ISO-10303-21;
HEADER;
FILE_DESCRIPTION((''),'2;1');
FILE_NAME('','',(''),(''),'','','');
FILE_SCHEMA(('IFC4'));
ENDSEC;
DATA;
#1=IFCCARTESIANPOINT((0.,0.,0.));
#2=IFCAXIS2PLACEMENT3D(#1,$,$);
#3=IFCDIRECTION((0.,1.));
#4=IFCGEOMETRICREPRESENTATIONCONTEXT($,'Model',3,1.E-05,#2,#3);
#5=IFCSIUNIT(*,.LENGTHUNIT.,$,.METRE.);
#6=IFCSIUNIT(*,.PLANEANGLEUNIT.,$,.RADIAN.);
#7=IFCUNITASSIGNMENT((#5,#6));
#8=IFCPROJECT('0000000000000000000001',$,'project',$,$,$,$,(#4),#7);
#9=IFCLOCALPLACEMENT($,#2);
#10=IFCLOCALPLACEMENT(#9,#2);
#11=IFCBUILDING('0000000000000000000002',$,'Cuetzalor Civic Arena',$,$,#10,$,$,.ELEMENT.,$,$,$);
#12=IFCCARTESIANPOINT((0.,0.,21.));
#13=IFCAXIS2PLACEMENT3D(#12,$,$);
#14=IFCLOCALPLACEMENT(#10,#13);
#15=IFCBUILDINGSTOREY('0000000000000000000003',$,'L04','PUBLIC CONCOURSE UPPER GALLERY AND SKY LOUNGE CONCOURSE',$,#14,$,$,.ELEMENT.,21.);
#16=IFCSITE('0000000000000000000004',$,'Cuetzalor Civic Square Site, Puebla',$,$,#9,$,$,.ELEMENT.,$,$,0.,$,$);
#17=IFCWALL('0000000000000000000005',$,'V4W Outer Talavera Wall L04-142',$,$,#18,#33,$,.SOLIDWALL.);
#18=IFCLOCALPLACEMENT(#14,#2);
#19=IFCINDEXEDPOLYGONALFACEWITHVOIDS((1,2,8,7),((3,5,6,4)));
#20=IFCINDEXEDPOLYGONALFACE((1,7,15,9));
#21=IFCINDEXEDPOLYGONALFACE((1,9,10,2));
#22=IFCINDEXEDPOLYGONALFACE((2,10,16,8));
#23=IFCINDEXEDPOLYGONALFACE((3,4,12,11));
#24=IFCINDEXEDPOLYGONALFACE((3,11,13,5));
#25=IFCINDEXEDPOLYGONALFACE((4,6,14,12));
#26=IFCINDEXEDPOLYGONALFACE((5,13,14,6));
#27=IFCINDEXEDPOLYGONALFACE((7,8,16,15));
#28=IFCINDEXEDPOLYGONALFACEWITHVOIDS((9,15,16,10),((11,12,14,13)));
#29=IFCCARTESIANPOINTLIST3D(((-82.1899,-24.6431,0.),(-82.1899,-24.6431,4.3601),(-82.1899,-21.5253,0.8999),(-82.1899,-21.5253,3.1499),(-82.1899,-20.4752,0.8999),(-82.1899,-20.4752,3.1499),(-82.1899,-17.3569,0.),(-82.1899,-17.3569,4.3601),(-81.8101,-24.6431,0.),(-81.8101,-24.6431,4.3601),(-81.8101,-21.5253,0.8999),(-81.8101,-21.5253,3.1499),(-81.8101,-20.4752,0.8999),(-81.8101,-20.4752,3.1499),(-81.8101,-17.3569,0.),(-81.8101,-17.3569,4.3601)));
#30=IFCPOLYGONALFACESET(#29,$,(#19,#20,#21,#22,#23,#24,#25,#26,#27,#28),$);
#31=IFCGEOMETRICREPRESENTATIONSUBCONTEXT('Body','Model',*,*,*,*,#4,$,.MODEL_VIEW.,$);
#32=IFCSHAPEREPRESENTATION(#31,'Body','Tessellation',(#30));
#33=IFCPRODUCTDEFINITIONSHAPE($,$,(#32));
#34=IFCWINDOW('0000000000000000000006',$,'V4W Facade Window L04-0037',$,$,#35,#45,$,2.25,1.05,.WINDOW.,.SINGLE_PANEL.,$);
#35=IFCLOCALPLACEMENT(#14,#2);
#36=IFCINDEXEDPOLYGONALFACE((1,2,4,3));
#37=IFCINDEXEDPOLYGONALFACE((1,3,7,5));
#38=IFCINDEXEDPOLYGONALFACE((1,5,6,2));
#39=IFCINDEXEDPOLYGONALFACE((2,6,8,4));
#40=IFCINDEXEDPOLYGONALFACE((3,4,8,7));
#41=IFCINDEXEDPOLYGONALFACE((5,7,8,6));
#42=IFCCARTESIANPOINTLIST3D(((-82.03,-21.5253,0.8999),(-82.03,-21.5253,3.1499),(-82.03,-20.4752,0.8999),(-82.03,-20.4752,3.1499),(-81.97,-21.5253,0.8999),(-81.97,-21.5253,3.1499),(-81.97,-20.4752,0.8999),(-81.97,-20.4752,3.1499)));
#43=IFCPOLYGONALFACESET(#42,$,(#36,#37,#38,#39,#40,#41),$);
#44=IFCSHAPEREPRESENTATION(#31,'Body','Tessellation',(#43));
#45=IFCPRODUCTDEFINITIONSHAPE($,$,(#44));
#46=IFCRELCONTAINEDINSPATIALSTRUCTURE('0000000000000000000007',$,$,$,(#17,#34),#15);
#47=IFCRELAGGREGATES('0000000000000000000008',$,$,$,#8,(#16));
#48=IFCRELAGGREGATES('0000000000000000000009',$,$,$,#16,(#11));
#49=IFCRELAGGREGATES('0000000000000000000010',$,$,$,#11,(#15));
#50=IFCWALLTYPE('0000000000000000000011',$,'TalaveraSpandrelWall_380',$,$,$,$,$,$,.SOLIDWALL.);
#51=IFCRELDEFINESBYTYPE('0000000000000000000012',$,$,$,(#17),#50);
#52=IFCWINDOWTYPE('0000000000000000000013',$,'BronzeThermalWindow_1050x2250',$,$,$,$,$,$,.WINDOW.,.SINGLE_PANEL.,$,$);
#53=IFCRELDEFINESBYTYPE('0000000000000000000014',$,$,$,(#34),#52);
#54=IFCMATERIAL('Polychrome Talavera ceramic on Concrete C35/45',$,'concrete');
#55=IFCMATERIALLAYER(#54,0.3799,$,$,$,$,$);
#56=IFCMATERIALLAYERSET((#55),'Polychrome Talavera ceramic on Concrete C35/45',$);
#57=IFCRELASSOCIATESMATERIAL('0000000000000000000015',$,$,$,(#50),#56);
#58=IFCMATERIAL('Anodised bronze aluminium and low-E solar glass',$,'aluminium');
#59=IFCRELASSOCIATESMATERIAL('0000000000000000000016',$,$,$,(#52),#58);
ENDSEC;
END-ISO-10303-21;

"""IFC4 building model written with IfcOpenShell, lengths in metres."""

from ifc_helpers import new_model, si_unit, direction, frame, frame_2d, origin, place, context, subcontext, project, spatial, rectangle, extrude, material, layer, layer_set, type_object, element, fill, save


model = new_model("IFC4")

# Units and contexts
model_context = context("Model", 3, precision=1e-05, world=origin(), true_north=direction((0.0, 1.0)))
body_context = subcontext(model_context, "Body", "Model", "MODEL_VIEW")
ifc_project = project(units=[si_unit("LENGTHUNIT", "METRE"), si_unit("PLANEANGLEUNIT", "RADIAN")], contexts=[model_context])

# Site, building, storey
site_placement = place(None, origin())
site = spatial("IfcSite", under=ifc_project, at=site_placement, Name="Cuetzalor Civic Square Site, Puebla", CompositionType="ELEMENT", RefElevation=0.0)
building_placement = place(site_placement, origin())
building = spatial("IfcBuilding", under=site, at=building_placement, Name="Cuetzalor Civic Arena", CompositionType="ELEMENT")
storey_placement = place(building_placement, frame((0.0, 0.0, 21.0)))
storey = spatial("IfcBuildingStorey", under=building, at=storey_placement, Name="L04", Description="PUBLIC CONCOURSE UPPER GALLERY AND SKY LOUNGE CONCOURSE", CompositionType="ELEMENT", Elevation=21.0)

# Wall, opening, window
ifc_material_1 = material(Name="Polychrome Talavera ceramic on Concrete C35/45", Category="concrete")
ifc_layer_1 = layer(ifc_material_1, 0.3799)
ifc_layer_set_1 = layer_set([ifc_layer_1], Name="Polychrome Talavera ceramic on Concrete C35/45")
wall_type = type_object("IfcWallType", Name="TalaveraSpandrelWall_380", PredefinedType="SOLIDWALL", material=ifc_layer_set_1)
wall_placement = place(storey_placement, frame((-82.0, -24.6431, 0.0), z_axis=(0.0, 0.0, 1.0), x_axis=(0.0, 1.0, 0.0)))
wall = element("IfcWall", 1, at=wall_placement, inside=storey, type_object=wall_type, Name="V4W Outer Talavera Wall L04-142", PredefinedType="SOLIDWALL", context=body_context, shape_type="SweptSolid", body=[
    extrude(rectangle(XDim=7.2861, YDim=0.3799, at=frame_2d((3.6431, 0.0))), origin(), (0.0, 0.0, 1.0), 4.3601),
])
opening_placement = place(wall_placement, frame((3.1179, 0.0, 0.8999)))
opening = element("IfcOpeningElement", 2, at=opening_placement, cuts=wall, PredefinedType="OPENING", context=body_context, shape_type="SweptSolid", body=[
    extrude(rectangle(XDim=1.05, YDim=2.25, at=frame_2d((0.5249, 1.125))), frame((0.0, 0.2, 0.0), z_axis=(0.0, -1.0, 0.0), x_axis=(1.0, 0.0, 0.0)), (0.0, 0.0, 1.0), 0.3999),
])
ifc_material_2 = material(Name="Anodised bronze aluminium and low-E solar glass", Category="aluminium")
window_type = type_object("IfcWindowType", Name="BronzeThermalWindow_1050x2250", PartitioningType="SINGLE_PANEL", PredefinedType="WINDOW", material=ifc_material_2)
window_placement = place(opening_placement, origin())
window = element("IfcWindow", 3, at=window_placement, inside=storey, type_object=window_type, Name="V4W Facade Window L04-0037", OverallHeight=2.25, OverallWidth=1.05, PartitioningType="SINGLE_PANEL", PredefinedType="WINDOW", context=body_context, shape_type="SweptSolid", body=[
    extrude(rectangle(XDim=1.05, YDim=2.25, at=frame_2d((0.5249, 1.125))), frame((0.0, 0.03, 0.0), z_axis=(0.0, -1.0, 0.0), x_axis=(1.0, 0.0, 0.0)), (0.0, 0.0, 1.0), 0.0601),
])
fill(opening, window)

save(model, "model.ifc")
